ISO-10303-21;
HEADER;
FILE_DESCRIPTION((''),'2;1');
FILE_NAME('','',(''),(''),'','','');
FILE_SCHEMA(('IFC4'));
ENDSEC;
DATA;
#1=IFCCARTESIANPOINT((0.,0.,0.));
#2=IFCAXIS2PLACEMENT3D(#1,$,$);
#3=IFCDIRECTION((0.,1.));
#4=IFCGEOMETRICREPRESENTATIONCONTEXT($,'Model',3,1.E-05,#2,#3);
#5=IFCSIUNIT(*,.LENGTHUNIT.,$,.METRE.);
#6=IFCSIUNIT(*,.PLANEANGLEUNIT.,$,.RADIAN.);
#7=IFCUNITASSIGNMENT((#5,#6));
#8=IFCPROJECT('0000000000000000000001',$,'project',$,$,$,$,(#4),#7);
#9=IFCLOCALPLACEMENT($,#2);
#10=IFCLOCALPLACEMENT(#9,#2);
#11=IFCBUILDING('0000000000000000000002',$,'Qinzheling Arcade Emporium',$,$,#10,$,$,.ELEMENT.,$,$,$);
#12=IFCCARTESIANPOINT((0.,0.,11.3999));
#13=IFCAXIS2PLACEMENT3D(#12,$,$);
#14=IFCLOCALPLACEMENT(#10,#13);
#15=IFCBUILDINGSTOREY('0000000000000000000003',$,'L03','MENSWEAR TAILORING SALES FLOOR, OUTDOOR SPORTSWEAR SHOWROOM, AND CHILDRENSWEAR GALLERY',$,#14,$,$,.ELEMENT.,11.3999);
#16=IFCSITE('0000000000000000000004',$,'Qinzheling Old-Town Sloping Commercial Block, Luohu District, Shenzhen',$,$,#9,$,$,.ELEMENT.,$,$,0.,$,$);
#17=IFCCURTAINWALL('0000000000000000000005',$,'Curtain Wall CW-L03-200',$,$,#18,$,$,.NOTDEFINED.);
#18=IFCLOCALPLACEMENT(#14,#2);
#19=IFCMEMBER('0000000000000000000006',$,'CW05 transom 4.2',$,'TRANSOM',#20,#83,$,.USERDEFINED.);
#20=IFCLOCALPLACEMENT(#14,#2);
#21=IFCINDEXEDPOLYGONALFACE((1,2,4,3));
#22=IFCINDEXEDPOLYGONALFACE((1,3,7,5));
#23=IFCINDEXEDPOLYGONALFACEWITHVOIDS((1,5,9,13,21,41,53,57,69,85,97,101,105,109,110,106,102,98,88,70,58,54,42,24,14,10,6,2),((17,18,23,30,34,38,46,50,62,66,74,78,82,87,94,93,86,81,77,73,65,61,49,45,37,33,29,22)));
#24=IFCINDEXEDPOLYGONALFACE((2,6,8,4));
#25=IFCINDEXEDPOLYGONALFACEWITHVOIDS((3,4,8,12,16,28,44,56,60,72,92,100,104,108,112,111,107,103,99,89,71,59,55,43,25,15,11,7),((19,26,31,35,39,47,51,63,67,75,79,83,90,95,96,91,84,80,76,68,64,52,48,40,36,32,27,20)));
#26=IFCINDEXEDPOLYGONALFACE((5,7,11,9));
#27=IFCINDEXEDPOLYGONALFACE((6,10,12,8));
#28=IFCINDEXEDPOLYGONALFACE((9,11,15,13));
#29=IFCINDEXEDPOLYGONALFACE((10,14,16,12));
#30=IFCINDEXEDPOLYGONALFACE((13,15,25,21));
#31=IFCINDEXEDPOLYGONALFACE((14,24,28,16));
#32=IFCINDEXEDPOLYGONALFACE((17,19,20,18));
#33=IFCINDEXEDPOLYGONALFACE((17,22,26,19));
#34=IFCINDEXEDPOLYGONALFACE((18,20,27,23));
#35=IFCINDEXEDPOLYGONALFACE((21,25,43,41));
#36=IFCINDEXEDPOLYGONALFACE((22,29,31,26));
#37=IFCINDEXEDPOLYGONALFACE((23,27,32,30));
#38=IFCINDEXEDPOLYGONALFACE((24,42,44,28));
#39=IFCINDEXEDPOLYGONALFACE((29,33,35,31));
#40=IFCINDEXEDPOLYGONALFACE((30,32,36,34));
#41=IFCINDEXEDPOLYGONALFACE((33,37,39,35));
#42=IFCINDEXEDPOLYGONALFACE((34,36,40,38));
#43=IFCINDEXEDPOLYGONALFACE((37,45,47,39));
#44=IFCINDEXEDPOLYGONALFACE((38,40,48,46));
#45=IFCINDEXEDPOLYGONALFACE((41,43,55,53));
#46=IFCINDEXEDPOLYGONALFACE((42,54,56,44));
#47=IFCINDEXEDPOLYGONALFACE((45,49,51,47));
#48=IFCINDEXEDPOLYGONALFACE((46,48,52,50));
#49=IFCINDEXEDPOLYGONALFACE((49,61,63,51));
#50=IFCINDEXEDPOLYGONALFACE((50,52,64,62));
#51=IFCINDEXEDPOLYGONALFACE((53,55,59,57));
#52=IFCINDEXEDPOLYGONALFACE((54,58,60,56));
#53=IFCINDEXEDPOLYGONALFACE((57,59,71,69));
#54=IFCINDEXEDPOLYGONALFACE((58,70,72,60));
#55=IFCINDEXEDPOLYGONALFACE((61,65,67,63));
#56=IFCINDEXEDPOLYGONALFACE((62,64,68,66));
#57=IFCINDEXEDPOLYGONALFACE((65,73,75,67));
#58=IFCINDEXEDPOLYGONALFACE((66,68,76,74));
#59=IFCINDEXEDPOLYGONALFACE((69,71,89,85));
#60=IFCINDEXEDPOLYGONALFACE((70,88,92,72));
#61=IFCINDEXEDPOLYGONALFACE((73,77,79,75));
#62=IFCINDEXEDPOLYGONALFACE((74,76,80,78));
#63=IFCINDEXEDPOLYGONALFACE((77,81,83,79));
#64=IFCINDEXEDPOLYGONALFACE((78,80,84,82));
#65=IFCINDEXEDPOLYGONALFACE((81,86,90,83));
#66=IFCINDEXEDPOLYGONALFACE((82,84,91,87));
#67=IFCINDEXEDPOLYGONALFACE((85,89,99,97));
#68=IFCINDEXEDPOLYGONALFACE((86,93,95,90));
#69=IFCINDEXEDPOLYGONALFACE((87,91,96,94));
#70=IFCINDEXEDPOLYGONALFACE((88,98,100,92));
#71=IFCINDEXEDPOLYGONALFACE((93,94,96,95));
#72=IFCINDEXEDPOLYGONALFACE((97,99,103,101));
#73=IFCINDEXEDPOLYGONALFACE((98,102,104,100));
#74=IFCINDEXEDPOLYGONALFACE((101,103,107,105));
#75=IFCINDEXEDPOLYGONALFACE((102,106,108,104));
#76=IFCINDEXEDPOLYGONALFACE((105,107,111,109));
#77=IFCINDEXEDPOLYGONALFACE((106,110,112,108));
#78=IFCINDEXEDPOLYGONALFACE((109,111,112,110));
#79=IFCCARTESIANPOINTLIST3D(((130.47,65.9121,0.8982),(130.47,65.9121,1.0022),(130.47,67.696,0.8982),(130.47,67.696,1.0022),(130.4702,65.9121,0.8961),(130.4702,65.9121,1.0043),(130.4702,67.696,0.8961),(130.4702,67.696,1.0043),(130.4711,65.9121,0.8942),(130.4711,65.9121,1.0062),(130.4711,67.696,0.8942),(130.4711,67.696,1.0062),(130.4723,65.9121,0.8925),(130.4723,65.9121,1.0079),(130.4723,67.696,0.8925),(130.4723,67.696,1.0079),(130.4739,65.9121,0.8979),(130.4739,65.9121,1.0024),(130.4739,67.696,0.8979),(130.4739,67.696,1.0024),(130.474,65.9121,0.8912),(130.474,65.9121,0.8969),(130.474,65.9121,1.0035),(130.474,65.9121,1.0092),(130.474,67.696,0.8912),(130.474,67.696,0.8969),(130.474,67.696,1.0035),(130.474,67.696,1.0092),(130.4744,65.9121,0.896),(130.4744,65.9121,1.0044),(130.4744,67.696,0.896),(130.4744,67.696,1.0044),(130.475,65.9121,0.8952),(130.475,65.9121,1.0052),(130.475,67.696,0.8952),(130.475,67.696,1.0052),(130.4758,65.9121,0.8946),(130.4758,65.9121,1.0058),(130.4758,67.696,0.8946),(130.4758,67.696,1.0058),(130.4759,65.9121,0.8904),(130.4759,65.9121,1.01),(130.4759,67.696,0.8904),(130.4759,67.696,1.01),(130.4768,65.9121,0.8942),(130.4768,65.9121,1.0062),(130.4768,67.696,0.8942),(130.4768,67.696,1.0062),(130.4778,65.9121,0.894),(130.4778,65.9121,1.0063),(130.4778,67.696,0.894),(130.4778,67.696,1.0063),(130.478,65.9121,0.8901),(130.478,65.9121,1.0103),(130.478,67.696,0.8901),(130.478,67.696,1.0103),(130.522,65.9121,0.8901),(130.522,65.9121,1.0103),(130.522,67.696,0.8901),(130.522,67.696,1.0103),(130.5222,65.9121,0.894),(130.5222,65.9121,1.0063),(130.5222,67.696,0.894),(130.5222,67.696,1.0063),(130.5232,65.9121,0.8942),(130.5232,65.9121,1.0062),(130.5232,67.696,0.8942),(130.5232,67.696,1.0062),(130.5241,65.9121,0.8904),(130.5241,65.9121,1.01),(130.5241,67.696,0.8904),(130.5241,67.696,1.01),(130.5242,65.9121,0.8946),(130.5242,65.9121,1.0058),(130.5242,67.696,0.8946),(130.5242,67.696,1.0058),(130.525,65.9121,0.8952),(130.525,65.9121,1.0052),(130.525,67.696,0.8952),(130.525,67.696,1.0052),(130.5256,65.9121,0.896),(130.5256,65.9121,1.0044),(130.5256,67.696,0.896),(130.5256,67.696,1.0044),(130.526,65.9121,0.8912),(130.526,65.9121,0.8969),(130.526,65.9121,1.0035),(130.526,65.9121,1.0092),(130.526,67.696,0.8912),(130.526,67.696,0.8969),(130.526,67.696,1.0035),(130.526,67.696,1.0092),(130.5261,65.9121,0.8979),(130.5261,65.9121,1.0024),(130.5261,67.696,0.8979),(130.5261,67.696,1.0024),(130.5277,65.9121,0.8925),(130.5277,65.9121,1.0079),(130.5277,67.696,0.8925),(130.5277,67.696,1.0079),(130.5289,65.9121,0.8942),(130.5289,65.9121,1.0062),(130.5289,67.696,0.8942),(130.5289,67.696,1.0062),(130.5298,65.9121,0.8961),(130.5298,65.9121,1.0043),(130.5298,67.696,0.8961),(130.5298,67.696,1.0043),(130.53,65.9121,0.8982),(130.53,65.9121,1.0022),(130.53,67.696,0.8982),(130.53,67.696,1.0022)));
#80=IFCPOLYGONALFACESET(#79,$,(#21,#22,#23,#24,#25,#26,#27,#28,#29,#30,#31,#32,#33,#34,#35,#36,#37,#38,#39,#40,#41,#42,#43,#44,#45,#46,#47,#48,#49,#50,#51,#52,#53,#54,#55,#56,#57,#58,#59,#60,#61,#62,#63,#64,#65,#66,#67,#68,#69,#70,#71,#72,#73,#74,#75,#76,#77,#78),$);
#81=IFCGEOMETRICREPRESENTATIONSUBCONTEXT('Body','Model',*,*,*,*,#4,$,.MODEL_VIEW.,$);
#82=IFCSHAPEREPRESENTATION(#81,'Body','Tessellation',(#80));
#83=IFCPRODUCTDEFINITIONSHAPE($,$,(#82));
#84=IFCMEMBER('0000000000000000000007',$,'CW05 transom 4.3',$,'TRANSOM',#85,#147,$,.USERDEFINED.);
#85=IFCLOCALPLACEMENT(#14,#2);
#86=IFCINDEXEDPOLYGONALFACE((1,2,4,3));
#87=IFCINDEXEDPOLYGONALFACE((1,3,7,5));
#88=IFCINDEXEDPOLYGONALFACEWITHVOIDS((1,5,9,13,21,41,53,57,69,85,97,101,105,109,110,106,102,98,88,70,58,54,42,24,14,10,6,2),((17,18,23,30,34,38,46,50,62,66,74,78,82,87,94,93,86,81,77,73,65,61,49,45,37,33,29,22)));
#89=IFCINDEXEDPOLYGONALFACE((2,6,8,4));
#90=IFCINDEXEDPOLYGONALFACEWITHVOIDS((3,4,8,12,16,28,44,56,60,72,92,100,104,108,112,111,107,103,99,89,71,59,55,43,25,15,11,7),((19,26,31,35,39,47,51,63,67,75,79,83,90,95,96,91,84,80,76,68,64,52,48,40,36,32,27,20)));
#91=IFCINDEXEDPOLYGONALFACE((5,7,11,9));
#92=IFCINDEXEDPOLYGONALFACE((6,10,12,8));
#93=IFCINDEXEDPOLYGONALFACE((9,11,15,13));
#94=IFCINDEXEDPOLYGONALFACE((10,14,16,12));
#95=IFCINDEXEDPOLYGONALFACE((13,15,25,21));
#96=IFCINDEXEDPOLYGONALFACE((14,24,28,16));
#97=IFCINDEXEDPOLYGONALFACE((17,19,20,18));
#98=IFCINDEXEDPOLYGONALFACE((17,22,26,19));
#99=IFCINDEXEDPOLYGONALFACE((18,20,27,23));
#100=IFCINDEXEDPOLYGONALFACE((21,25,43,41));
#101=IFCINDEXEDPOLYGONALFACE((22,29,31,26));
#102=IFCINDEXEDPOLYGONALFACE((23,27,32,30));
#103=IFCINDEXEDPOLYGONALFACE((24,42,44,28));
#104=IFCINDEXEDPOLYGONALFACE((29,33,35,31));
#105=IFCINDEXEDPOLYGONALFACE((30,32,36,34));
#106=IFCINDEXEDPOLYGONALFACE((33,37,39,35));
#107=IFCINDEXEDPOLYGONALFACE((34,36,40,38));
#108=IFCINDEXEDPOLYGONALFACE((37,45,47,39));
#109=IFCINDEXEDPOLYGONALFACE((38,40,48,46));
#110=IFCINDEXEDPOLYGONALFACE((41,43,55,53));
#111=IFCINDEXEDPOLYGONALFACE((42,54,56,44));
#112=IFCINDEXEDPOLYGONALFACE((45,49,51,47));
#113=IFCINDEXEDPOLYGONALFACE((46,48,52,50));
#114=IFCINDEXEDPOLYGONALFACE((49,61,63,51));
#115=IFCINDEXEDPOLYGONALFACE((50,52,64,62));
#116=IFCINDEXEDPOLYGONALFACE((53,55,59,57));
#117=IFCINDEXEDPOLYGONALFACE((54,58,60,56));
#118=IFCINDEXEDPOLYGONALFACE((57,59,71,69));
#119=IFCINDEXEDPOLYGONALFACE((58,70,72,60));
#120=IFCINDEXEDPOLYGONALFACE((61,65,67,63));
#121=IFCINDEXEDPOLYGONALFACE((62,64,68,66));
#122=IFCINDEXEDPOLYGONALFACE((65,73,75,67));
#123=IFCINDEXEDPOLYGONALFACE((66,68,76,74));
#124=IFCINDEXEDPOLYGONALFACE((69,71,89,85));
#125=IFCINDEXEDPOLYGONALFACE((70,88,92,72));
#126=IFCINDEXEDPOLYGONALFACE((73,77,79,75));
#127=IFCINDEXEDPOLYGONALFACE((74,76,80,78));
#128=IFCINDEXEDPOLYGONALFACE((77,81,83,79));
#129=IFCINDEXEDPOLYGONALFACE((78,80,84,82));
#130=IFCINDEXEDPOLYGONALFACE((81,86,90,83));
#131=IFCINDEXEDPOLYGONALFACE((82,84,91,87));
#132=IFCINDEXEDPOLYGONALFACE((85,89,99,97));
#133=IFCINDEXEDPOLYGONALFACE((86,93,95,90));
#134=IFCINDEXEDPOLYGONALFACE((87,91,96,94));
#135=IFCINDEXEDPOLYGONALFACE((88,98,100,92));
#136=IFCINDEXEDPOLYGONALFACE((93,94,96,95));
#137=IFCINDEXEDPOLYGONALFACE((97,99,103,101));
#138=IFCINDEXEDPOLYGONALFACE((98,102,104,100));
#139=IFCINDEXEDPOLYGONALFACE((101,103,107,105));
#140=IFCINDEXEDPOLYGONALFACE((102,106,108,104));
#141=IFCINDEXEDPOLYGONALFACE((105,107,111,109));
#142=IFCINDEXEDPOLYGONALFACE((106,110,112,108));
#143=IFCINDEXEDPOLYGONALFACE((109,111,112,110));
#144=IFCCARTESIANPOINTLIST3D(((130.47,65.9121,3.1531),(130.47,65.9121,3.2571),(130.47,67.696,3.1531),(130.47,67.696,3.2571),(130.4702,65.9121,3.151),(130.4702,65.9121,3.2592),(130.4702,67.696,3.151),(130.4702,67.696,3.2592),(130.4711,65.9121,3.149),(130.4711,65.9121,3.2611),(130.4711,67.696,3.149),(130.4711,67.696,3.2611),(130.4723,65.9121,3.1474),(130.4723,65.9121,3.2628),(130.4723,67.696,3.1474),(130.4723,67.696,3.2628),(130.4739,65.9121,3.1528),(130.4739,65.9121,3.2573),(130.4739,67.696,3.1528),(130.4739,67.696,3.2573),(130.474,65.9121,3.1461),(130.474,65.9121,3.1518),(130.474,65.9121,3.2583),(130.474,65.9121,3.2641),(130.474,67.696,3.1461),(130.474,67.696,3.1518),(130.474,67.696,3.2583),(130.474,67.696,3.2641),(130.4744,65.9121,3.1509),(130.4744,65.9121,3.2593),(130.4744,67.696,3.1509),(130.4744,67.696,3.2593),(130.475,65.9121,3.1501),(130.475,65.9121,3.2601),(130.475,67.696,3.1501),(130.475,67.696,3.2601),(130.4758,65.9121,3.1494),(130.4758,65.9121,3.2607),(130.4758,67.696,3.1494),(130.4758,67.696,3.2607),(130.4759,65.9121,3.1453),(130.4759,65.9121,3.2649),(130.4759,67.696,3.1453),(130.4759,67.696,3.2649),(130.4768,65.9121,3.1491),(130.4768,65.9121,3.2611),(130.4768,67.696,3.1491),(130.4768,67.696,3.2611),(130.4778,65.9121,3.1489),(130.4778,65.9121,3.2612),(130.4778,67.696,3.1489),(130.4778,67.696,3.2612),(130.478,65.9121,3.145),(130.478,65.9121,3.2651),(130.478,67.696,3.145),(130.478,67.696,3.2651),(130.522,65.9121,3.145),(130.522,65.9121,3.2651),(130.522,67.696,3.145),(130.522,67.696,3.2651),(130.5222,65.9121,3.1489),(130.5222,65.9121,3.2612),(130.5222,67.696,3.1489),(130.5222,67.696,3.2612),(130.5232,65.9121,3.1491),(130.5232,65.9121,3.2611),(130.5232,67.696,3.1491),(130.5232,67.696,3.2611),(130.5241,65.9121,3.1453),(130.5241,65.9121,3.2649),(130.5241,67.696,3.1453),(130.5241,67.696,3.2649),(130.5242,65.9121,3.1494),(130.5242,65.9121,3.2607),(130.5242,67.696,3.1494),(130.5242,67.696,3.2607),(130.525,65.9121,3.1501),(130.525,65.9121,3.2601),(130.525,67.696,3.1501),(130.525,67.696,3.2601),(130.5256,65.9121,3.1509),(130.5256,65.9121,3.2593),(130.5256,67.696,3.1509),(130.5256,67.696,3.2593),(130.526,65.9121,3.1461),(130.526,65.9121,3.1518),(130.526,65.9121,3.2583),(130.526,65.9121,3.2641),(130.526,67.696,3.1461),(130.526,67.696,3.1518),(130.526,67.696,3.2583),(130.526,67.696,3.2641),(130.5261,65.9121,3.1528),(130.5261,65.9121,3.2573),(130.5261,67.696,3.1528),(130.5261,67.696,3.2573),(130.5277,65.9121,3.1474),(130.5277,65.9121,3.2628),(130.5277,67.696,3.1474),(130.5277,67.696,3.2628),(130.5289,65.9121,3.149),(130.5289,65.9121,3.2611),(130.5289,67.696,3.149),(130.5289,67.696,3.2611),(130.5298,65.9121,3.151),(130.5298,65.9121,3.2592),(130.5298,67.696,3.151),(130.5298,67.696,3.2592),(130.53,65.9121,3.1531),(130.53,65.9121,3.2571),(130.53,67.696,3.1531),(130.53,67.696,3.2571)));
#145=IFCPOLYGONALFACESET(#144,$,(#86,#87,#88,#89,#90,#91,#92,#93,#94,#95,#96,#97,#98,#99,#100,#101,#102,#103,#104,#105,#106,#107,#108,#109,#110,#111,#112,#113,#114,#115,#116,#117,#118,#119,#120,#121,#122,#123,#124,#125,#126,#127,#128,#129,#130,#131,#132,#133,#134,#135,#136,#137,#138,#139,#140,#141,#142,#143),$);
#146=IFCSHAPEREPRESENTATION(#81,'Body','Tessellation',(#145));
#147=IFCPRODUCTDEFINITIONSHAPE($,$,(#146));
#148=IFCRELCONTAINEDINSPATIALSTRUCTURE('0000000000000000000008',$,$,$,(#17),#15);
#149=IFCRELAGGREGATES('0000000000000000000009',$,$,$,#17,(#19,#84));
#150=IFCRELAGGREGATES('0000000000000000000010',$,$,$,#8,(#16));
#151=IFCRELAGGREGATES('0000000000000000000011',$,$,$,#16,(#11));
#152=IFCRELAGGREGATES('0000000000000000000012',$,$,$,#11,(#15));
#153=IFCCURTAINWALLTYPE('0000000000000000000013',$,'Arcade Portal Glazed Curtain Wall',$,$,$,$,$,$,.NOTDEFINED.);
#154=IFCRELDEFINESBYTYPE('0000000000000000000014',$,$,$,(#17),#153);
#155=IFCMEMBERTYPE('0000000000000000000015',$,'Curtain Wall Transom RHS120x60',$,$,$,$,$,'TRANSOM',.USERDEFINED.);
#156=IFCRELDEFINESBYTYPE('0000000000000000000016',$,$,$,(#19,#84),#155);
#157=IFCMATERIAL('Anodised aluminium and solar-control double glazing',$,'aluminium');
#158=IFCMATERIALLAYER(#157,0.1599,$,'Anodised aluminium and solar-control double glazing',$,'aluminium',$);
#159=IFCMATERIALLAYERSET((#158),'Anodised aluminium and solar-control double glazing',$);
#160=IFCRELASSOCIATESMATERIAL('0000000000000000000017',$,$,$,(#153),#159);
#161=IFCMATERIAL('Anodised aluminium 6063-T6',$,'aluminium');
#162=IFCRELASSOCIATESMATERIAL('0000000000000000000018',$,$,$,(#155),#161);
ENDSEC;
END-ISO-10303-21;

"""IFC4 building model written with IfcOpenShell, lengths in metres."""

from ifc_helpers import new_model, si_unit, direction, frame, origin, origin_2d, place, context, subcontext, project, spatial, hollow_rectangle, extrude, material, layer, layer_set, material_profile, profile_set, type_object, element, aggregate, save


model = new_model("IFC4")

# Units and contexts
model_context = context("Model", 3, precision=1e-05, world=origin(), true_north=direction((0.0, 1.0)))
body_context = subcontext(model_context, "Body", "Model", "MODEL_VIEW")
ifc_project = project(units=[si_unit("LENGTHUNIT", "METRE"), si_unit("PLANEANGLEUNIT", "RADIAN")], contexts=[model_context])

# Site, building, storey
site_placement = place(None, origin())
site = spatial("IfcSite", under=ifc_project, at=site_placement, Name="Qinzheling Old-Town Sloping Commercial Block, Luohu District, Shenzhen", CompositionType="ELEMENT", RefElevation=0.0)
building_placement = place(site_placement, origin())
building = spatial("IfcBuilding", under=site, at=building_placement, Name="Qinzheling Arcade Emporium", CompositionType="ELEMENT")
storey_placement = place(building_placement, frame((0.0, 0.0, 11.3999)))
storey = spatial("IfcBuildingStorey", under=building, at=storey_placement, Name="L03", Description="MENSWEAR TAILORING SALES FLOOR, OUTDOOR SPORTSWEAR SHOWROOM, AND CHILDRENSWEAR GALLERY", CompositionType="ELEMENT", Elevation=11.3999)

# Curtain wall
ifc_material_1 = material(Name="Anodised aluminium and solar-control double glazing", Category="aluminium")
ifc_layer_1 = layer(ifc_material_1, 0.1599, Name="Anodised aluminium and solar-control double glazing", Category="aluminium")
ifc_layer_set_1 = layer_set([ifc_layer_1], Name="Anodised aluminium and solar-control double glazing")
curtain_wall_type = type_object("IfcCurtainWallType", Name="Arcade Portal Glazed Curtain Wall", PredefinedType="NOTDEFINED", material=ifc_layer_set_1)
curtain_wall_1_placement = place(storey_placement, origin())
curtain_wall_1 = element("IfcCurtainWall", 1, at=curtain_wall_1_placement, inside=storey, type_object=curtain_wall_type, Name="Curtain Wall CW-L03-200", PredefinedType="NOTDEFINED")
ifc_material_2 = material(Name="Anodised aluminium 6063-T6", Category="aluminium")

# Members
ifc_material_profile_1 = material_profile(ifc_material_2, hollow_rectangle(XDim=0.0601, YDim=0.1201, WallThickness=0.0039, InnerFilletRadius=0.0039, OuterFilletRadius=0.0081, at=origin_2d()), Name="RHS 120x60x4", Category="aluminium")
ifc_profile_set_1 = profile_set([ifc_material_profile_1], Name="Anodised aluminium 6063-T6")
member_type_1 = type_object("IfcMemberType", Name="Curtain Wall Transom RHS120x60", ElementType="TRANSOM", PredefinedType="USERDEFINED", material=ifc_profile_set_1)
member_1_placement = place(storey_placement, frame((130.5, 67.696, 0.9502), z_axis=(0.0, -1.0, 0.0), x_axis=(1.0, 0.0, 0.0)))
member_1 = element("IfcMember", 2, at=member_1_placement, type_object=member_type_1, Name="CW05 transom 4.2", ObjectType="TRANSOM", PredefinedType="USERDEFINED", context=body_context, shape_type="SweptSolid", body=[
    extrude(hollow_rectangle(XDim=0.0601, YDim=0.1201, WallThickness=0.0039, InnerFilletRadius=0.0039, OuterFilletRadius=0.0081, at=origin_2d()), origin(), (0.0, 0.0, 1.0), 1.7839),
])
member_2_placement = place(storey_placement, frame((130.5, 67.696, 3.2051), z_axis=(0.0, -1.0, 0.0), x_axis=(1.0, 0.0, 0.0)))
member_2 = element("IfcMember", 3, at=member_2_placement, type_object=member_type_1, Name="CW05 transom 4.3", ObjectType="TRANSOM", PredefinedType="USERDEFINED", context=body_context, shape_type="SweptSolid", body=[
    extrude(hollow_rectangle(XDim=0.0601, YDim=0.1201, WallThickness=0.0039, InnerFilletRadius=0.0039, OuterFilletRadius=0.0081, at=origin_2d()), origin(), (0.0, 0.0, 1.0), 1.7839),
])

aggregate(curtain_wall_1, [member_1, member_2])

save(model, "model.ifc")
